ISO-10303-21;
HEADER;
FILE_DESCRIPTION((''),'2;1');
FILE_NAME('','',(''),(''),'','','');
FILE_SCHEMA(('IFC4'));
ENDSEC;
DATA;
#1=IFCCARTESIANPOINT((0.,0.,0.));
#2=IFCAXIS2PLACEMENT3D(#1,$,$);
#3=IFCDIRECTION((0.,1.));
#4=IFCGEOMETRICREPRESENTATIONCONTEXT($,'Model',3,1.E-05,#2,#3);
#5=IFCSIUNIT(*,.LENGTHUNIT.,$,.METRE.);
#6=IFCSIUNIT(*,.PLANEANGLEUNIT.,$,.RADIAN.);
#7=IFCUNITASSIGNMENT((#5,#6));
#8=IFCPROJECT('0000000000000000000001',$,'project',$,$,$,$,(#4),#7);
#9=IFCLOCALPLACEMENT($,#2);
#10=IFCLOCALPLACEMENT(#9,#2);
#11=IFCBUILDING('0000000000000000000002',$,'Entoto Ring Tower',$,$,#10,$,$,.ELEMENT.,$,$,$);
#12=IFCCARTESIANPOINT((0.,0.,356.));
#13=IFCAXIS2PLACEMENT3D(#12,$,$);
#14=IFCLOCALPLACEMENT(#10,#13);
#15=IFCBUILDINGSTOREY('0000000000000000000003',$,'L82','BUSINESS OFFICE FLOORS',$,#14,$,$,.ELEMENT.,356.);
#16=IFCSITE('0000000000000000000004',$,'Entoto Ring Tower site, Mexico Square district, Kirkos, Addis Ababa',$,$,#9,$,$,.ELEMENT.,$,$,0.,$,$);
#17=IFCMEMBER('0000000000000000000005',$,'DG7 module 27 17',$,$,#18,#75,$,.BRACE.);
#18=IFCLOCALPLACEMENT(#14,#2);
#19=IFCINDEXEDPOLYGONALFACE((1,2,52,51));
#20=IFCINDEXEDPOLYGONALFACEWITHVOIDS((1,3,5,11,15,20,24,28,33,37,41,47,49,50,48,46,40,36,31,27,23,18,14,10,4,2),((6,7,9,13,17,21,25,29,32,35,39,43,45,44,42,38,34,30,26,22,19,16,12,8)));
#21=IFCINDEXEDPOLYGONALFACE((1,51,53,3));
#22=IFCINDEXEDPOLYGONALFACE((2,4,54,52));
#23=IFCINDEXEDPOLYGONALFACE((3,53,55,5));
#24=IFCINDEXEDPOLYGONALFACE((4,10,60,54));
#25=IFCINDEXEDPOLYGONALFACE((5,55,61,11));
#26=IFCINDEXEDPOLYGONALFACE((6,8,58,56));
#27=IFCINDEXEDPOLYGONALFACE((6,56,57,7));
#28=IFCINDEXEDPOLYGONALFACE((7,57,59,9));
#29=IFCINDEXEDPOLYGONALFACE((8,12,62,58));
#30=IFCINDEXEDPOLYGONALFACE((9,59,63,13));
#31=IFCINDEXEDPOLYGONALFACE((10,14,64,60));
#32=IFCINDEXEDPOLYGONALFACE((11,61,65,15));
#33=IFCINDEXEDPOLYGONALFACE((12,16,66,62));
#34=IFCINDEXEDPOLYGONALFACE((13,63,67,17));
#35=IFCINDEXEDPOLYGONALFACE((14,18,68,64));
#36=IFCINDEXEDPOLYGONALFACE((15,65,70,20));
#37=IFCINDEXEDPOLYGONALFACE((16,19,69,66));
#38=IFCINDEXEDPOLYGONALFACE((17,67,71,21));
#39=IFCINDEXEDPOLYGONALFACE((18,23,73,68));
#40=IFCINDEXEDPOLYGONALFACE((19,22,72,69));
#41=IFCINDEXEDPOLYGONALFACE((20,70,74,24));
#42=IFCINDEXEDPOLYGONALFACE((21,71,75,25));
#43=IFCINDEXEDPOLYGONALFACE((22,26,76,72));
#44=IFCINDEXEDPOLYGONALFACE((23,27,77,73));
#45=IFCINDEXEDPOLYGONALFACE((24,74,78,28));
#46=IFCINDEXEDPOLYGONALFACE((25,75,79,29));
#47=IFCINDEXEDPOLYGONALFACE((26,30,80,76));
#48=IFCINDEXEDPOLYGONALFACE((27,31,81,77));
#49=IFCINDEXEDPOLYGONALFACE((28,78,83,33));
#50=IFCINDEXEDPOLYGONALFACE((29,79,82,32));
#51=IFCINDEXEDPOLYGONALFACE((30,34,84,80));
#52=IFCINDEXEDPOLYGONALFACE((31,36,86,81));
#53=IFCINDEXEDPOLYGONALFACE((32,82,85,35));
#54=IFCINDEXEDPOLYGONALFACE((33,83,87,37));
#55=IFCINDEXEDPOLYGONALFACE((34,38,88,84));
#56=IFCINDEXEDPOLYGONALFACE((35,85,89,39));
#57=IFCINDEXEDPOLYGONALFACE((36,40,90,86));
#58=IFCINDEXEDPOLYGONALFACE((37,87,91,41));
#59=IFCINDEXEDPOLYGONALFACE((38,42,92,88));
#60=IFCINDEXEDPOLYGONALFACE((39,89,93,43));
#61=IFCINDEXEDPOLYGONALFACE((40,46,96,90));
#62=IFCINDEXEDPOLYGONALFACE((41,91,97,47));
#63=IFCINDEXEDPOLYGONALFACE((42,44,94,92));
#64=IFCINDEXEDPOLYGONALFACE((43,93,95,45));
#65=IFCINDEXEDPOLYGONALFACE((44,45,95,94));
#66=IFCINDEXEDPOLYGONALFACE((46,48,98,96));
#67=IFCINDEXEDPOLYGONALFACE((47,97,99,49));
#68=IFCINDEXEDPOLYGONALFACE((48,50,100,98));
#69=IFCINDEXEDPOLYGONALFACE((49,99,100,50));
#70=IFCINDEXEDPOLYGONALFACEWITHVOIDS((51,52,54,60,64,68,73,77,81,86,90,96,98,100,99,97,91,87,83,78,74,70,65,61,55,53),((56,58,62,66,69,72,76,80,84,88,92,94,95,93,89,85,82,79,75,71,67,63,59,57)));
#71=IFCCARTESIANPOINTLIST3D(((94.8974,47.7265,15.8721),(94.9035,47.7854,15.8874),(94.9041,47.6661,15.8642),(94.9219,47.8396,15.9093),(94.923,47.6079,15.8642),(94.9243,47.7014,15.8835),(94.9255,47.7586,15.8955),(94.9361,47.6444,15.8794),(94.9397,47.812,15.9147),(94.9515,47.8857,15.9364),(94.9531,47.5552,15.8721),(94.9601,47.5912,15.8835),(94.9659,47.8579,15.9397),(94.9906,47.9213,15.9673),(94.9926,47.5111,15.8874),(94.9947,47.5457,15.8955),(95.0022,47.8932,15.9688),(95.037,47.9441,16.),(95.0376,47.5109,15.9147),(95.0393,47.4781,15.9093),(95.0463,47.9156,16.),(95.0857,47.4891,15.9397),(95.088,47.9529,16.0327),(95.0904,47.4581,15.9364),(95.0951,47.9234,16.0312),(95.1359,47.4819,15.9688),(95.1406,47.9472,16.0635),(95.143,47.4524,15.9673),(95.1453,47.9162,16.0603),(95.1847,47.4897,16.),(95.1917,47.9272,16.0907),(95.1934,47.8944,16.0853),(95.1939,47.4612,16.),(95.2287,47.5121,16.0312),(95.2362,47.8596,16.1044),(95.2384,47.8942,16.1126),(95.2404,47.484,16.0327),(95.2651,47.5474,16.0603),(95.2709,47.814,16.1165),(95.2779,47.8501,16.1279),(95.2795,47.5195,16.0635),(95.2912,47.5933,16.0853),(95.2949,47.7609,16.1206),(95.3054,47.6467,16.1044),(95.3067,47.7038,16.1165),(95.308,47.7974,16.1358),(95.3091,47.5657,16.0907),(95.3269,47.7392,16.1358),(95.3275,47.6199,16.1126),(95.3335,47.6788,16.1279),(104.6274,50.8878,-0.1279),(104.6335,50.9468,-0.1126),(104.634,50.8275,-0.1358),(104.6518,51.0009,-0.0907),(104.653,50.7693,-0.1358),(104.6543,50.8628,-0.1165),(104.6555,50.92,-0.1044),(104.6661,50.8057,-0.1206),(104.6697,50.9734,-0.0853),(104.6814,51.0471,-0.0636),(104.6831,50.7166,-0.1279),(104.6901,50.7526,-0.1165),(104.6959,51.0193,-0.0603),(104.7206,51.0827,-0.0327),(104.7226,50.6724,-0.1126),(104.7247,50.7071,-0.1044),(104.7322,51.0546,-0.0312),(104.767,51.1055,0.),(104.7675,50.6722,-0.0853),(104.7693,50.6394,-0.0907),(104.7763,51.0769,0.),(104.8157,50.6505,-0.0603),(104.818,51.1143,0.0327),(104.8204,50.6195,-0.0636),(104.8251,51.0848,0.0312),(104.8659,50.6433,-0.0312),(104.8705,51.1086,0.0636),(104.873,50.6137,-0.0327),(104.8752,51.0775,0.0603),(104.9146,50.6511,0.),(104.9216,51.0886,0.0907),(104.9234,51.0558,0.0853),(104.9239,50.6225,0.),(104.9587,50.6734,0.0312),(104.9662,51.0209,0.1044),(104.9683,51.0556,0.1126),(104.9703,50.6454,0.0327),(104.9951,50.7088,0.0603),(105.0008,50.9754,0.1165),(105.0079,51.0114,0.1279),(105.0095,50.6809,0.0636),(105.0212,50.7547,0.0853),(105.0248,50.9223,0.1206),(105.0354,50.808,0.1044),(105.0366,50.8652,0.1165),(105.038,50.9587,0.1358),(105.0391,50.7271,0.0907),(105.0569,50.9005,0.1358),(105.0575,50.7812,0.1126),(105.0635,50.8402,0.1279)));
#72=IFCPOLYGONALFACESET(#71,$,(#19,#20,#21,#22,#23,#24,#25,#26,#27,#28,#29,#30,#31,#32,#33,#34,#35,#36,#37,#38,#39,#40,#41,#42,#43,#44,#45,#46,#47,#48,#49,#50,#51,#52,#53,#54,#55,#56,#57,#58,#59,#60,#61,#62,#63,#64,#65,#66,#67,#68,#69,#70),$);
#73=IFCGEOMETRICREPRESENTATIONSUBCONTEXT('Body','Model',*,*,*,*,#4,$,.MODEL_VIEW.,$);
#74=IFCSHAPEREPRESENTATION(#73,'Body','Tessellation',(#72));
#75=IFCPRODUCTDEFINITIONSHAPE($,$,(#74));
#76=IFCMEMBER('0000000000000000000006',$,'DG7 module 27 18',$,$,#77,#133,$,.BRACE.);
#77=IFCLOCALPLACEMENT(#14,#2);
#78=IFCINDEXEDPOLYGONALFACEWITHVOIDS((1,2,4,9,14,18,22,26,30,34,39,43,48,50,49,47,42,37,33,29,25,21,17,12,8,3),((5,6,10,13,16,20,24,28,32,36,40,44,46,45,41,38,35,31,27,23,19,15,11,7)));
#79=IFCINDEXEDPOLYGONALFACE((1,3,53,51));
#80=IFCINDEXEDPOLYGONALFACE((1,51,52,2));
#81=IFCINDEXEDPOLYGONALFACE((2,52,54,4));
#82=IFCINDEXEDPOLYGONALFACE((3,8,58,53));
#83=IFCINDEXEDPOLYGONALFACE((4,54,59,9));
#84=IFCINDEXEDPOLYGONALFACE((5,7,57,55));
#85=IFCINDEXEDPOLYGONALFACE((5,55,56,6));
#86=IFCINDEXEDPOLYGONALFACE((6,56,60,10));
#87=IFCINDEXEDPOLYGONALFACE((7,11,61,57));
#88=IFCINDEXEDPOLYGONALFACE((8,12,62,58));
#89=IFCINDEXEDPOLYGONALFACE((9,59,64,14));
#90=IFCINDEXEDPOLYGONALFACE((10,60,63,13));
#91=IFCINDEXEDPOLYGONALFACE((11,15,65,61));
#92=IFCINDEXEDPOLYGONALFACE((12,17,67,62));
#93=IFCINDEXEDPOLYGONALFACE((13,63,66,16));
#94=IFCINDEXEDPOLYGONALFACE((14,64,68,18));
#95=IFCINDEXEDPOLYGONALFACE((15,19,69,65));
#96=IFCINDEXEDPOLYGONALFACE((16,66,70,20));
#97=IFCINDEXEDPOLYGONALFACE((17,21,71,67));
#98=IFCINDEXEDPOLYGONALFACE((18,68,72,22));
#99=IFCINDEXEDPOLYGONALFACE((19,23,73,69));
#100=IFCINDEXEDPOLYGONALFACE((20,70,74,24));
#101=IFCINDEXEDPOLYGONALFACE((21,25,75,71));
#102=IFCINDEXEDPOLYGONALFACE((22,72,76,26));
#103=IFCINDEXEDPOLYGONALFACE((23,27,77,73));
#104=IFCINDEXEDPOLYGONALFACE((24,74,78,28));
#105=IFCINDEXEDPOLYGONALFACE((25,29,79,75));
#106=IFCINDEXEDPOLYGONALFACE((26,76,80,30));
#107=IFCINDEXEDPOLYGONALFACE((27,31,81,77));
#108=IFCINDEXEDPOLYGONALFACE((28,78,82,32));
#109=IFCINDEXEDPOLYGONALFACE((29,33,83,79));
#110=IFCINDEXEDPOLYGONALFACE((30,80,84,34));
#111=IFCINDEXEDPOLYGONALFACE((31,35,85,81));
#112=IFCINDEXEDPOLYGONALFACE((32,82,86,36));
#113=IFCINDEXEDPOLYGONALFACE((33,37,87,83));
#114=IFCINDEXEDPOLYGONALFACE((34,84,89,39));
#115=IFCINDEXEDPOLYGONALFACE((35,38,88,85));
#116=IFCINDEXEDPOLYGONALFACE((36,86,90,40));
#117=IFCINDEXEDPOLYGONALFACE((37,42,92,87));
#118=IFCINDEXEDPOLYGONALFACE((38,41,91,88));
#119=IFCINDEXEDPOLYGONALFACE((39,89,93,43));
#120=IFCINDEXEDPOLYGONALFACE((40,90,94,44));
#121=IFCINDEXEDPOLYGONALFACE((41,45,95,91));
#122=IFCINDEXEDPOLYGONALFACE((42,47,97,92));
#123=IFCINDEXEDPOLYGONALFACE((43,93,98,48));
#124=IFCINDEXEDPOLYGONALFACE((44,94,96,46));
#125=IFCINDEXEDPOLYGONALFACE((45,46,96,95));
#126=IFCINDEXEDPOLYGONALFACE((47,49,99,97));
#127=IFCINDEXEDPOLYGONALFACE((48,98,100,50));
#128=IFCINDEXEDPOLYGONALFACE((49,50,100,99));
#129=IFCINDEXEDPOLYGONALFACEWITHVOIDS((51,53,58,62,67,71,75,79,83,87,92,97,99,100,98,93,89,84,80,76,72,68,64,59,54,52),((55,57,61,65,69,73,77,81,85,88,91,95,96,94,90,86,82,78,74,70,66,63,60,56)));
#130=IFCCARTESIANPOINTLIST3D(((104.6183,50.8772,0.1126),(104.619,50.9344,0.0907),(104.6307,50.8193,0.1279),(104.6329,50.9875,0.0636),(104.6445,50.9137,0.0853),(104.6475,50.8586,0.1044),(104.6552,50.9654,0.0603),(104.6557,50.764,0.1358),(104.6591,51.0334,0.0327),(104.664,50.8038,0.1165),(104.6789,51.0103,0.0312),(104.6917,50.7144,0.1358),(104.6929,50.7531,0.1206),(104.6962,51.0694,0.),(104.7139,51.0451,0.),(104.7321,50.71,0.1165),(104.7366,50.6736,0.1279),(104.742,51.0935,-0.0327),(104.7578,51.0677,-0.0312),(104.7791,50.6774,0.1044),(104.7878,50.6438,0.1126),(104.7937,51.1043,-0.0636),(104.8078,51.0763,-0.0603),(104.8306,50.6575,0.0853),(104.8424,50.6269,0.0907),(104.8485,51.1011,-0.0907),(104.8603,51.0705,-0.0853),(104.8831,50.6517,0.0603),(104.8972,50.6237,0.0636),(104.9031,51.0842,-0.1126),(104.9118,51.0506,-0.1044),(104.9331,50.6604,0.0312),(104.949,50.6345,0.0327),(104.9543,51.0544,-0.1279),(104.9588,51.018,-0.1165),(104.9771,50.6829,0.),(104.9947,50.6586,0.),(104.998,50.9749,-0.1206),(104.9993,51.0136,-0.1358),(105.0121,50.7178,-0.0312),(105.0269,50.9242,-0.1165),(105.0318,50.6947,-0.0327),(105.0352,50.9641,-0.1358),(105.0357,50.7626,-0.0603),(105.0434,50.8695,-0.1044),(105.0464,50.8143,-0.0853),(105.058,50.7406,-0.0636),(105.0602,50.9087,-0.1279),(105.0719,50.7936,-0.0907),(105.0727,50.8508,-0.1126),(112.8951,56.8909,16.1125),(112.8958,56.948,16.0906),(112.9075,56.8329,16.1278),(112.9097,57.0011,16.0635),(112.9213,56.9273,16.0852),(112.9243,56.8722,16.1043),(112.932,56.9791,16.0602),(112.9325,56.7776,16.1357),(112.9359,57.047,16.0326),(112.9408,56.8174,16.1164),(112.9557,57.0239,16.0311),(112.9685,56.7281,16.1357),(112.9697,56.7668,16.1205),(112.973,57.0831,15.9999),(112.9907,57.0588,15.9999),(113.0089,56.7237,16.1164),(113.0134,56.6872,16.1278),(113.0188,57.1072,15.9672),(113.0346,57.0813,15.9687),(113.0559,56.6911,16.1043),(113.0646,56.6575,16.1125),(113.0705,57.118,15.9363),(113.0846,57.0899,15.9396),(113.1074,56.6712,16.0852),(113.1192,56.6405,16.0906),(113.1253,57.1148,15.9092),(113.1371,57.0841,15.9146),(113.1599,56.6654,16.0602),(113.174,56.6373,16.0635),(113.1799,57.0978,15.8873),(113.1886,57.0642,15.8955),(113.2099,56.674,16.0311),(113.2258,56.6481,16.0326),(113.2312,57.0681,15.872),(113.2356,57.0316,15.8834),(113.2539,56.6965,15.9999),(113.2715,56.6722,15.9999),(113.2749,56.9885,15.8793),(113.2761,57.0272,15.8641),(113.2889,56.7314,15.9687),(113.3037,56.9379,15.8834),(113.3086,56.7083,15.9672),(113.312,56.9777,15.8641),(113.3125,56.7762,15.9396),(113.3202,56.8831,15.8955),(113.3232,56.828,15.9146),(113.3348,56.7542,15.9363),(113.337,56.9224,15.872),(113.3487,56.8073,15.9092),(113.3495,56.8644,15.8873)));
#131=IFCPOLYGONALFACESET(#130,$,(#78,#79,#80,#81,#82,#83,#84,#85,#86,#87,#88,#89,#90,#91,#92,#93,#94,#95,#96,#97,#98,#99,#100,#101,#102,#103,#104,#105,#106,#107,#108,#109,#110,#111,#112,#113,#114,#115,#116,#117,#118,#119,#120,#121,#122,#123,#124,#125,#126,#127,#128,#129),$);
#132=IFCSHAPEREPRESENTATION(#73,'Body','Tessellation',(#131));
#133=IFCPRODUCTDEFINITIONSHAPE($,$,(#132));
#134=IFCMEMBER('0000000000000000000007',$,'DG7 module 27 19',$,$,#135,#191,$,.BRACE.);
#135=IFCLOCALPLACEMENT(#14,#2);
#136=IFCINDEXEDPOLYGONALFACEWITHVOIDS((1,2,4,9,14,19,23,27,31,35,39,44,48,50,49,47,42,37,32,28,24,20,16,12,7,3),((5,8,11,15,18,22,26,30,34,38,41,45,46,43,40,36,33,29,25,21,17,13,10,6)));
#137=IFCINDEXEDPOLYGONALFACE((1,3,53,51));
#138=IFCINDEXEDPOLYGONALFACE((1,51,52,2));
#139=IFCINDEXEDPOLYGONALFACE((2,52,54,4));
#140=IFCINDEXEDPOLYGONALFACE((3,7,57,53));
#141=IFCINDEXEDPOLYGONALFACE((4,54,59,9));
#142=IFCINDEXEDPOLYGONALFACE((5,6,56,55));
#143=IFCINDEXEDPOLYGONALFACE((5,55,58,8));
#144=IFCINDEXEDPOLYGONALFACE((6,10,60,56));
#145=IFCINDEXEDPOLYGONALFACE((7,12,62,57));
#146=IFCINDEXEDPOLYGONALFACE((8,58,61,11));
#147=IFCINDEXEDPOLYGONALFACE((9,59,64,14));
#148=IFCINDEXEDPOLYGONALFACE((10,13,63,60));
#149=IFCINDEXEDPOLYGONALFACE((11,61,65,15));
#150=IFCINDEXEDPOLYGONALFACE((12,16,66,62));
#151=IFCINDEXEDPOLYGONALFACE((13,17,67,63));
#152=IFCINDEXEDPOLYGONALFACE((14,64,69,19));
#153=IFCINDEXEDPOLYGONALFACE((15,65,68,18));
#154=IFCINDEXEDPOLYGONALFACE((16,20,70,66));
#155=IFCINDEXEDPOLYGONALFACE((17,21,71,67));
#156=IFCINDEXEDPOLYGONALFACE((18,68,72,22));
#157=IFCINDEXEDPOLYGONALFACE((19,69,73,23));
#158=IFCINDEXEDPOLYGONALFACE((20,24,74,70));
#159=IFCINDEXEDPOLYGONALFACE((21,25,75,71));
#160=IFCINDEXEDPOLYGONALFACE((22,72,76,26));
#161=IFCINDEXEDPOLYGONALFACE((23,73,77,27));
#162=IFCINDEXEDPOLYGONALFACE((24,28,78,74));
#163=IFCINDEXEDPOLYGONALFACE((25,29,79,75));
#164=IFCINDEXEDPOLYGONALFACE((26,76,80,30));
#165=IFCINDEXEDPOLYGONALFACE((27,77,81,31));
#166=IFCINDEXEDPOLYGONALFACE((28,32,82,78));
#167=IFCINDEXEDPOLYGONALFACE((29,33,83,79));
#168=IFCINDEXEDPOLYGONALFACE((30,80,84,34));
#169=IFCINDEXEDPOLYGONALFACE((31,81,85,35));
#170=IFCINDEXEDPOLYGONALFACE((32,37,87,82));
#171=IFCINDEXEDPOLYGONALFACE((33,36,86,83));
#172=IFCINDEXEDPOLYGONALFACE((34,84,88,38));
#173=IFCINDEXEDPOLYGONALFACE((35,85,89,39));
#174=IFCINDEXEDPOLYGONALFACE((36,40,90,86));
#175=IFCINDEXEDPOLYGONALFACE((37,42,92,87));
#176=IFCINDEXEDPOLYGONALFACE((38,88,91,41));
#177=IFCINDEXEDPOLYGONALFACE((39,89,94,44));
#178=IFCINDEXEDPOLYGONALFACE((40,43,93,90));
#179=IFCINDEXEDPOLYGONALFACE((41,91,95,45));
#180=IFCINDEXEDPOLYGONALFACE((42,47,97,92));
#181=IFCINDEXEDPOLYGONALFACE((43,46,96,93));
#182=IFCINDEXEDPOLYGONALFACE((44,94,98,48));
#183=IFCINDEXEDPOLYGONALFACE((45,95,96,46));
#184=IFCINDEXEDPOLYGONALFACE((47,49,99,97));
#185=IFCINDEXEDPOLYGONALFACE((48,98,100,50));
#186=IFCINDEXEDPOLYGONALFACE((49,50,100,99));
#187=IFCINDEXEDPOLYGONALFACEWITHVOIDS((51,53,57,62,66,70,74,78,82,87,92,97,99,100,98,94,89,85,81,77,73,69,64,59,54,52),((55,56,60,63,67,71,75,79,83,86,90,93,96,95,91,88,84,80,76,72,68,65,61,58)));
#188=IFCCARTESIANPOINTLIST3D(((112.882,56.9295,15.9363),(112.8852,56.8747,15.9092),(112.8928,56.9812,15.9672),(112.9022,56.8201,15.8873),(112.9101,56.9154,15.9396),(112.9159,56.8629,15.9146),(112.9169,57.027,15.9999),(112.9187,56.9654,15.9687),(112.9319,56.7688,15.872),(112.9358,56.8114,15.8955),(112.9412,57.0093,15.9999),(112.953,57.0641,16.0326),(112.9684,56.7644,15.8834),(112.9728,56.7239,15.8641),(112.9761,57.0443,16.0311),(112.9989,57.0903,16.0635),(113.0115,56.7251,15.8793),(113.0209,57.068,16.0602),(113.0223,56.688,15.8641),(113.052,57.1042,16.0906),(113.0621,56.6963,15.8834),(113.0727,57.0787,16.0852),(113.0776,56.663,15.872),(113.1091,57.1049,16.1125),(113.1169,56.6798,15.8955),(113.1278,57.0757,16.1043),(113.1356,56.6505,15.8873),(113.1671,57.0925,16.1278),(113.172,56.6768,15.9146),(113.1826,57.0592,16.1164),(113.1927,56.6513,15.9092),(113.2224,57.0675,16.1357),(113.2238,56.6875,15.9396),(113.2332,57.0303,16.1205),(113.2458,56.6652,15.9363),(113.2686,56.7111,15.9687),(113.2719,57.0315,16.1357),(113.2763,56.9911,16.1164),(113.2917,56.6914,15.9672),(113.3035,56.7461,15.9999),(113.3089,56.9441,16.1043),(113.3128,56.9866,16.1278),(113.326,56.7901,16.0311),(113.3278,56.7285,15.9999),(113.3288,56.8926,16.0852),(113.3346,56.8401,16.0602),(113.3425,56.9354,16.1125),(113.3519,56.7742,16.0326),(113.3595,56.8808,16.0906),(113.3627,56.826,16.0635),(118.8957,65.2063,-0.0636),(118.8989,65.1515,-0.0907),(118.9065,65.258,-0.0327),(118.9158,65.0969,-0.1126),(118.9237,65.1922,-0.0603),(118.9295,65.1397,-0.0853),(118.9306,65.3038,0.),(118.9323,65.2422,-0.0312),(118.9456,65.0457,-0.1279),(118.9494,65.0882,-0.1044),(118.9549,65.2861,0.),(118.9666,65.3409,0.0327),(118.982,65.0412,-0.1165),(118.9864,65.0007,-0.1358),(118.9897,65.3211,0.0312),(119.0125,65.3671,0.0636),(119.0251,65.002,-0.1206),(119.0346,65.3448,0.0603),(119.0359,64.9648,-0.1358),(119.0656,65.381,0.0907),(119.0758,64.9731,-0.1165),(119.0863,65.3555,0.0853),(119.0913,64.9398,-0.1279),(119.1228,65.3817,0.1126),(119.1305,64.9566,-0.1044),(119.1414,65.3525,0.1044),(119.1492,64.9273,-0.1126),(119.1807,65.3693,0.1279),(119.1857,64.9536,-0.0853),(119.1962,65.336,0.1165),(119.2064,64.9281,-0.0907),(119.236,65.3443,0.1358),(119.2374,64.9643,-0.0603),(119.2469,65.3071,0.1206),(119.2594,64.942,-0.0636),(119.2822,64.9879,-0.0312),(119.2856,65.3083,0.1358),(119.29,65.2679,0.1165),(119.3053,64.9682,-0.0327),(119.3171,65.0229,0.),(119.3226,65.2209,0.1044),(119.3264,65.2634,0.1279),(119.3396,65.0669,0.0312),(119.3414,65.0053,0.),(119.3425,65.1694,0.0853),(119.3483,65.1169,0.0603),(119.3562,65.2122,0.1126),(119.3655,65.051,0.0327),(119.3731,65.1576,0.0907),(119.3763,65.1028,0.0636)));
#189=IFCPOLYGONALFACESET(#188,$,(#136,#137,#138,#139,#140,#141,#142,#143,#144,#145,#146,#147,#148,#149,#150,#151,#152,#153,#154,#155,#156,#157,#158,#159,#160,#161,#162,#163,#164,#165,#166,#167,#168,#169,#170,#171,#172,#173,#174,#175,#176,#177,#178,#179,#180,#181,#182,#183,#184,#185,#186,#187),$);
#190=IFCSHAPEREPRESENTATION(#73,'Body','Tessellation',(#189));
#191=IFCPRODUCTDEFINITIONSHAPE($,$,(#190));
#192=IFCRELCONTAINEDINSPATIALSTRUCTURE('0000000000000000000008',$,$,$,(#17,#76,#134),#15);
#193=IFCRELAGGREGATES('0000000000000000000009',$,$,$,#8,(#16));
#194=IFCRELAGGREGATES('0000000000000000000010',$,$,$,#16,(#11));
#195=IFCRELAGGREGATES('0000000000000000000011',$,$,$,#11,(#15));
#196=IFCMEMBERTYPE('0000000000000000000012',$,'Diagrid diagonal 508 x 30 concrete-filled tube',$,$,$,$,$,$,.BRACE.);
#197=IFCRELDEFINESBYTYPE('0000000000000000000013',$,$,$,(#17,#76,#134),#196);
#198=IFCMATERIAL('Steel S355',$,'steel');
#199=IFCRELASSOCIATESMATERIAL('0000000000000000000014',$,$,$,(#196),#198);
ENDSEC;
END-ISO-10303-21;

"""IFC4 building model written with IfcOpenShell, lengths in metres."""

from ifc_helpers import new_model, si_unit, direction, frame, origin, origin_2d, place, context, subcontext, project, spatial, circle, hollow_circle, extrude, material, material_profile, profile_set, type_object, element, save


model = new_model("IFC4")

# Units and contexts
model_context = context("Model", 3, precision=1e-05, world=origin(), true_north=direction((0.0, 1.0)))
body_context = subcontext(model_context, "Body", "Model", "MODEL_VIEW")
ifc_project = project(units=[si_unit("LENGTHUNIT", "METRE"), si_unit("PLANEANGLEUNIT", "RADIAN")], contexts=[model_context])

# Site, building, storey
site_placement = place(None, origin())
site = spatial("IfcSite", under=ifc_project, at=site_placement, Name="Entoto Ring Tower site, Mexico Square district, Kirkos, Addis Ababa", CompositionType="ELEMENT", RefElevation=0.0)
building_placement = place(site_placement, origin())
building = spatial("IfcBuilding", under=site, at=building_placement, Name="Entoto Ring Tower", CompositionType="ELEMENT")
storey_placement = place(building_placement, frame((0.0, 0.0, 356.0)))
storey = spatial("IfcBuildingStorey", under=building, at=storey_placement, Name="L82", Description="BUSINESS OFFICE FLOORS", CompositionType="ELEMENT", Elevation=356.0)

# Members
ifc_material_1 = material(Name="Steel S355", Category="steel")
ifc_material_profile_1 = material_profile(ifc_material_1, hollow_circle(Radius=0.2539, WallThickness=0.03, at=origin_2d()), Name="CHS 508 x 30")
ifc_material_2 = material(Name="Concrete C60/75", Category="concrete")
ifc_material_profile_2 = material_profile(ifc_material_2, circle(Radius=0.2241, at=origin_2d()), Name="Concrete C60/75 infill")
ifc_profile_set_1 = profile_set([ifc_material_profile_1, ifc_material_profile_2], Name="Steel S355")
member_type_1 = type_object("IfcMemberType", Name="Diagrid diagonal 508 x 30 concrete-filled tube", PredefinedType="BRACE", material=ifc_profile_set_1)
for number, where, z_axis, x_axis, name in (
    (1, (104.8455, 50.864, 0.0), (-0.512341, -0.166465, 0.842494), (0.309009, -0.951059, 0.0), "DG7 module 27 17"),
    (2, (104.8455, 50.864, 0.0), (0.435823, 0.316654, 0.84249), (-0.587797, 0.809008, 0.0), "DG7 module 27 18"),
    (3, (119.136, 65.1545, 0.0), (-0.316654, -0.435823, 0.84249), (0.809008, -0.587797, 0.0), "DG7 module 27 19"),
):
    element("IfcMember", number, at=place(storey_placement, frame(where, z_axis=z_axis, x_axis=x_axis)), inside=storey, type_object=member_type_1, Name=name, PredefinedType="BRACE", context=body_context, shape_type="SweptSolid", body=[
        extrude(hollow_circle(Radius=0.2539, WallThickness=0.03, at=origin_2d()), origin(), (0.0, 0.0, 1.0), 18.9912),
    ])

save(model, "model.ifc")
